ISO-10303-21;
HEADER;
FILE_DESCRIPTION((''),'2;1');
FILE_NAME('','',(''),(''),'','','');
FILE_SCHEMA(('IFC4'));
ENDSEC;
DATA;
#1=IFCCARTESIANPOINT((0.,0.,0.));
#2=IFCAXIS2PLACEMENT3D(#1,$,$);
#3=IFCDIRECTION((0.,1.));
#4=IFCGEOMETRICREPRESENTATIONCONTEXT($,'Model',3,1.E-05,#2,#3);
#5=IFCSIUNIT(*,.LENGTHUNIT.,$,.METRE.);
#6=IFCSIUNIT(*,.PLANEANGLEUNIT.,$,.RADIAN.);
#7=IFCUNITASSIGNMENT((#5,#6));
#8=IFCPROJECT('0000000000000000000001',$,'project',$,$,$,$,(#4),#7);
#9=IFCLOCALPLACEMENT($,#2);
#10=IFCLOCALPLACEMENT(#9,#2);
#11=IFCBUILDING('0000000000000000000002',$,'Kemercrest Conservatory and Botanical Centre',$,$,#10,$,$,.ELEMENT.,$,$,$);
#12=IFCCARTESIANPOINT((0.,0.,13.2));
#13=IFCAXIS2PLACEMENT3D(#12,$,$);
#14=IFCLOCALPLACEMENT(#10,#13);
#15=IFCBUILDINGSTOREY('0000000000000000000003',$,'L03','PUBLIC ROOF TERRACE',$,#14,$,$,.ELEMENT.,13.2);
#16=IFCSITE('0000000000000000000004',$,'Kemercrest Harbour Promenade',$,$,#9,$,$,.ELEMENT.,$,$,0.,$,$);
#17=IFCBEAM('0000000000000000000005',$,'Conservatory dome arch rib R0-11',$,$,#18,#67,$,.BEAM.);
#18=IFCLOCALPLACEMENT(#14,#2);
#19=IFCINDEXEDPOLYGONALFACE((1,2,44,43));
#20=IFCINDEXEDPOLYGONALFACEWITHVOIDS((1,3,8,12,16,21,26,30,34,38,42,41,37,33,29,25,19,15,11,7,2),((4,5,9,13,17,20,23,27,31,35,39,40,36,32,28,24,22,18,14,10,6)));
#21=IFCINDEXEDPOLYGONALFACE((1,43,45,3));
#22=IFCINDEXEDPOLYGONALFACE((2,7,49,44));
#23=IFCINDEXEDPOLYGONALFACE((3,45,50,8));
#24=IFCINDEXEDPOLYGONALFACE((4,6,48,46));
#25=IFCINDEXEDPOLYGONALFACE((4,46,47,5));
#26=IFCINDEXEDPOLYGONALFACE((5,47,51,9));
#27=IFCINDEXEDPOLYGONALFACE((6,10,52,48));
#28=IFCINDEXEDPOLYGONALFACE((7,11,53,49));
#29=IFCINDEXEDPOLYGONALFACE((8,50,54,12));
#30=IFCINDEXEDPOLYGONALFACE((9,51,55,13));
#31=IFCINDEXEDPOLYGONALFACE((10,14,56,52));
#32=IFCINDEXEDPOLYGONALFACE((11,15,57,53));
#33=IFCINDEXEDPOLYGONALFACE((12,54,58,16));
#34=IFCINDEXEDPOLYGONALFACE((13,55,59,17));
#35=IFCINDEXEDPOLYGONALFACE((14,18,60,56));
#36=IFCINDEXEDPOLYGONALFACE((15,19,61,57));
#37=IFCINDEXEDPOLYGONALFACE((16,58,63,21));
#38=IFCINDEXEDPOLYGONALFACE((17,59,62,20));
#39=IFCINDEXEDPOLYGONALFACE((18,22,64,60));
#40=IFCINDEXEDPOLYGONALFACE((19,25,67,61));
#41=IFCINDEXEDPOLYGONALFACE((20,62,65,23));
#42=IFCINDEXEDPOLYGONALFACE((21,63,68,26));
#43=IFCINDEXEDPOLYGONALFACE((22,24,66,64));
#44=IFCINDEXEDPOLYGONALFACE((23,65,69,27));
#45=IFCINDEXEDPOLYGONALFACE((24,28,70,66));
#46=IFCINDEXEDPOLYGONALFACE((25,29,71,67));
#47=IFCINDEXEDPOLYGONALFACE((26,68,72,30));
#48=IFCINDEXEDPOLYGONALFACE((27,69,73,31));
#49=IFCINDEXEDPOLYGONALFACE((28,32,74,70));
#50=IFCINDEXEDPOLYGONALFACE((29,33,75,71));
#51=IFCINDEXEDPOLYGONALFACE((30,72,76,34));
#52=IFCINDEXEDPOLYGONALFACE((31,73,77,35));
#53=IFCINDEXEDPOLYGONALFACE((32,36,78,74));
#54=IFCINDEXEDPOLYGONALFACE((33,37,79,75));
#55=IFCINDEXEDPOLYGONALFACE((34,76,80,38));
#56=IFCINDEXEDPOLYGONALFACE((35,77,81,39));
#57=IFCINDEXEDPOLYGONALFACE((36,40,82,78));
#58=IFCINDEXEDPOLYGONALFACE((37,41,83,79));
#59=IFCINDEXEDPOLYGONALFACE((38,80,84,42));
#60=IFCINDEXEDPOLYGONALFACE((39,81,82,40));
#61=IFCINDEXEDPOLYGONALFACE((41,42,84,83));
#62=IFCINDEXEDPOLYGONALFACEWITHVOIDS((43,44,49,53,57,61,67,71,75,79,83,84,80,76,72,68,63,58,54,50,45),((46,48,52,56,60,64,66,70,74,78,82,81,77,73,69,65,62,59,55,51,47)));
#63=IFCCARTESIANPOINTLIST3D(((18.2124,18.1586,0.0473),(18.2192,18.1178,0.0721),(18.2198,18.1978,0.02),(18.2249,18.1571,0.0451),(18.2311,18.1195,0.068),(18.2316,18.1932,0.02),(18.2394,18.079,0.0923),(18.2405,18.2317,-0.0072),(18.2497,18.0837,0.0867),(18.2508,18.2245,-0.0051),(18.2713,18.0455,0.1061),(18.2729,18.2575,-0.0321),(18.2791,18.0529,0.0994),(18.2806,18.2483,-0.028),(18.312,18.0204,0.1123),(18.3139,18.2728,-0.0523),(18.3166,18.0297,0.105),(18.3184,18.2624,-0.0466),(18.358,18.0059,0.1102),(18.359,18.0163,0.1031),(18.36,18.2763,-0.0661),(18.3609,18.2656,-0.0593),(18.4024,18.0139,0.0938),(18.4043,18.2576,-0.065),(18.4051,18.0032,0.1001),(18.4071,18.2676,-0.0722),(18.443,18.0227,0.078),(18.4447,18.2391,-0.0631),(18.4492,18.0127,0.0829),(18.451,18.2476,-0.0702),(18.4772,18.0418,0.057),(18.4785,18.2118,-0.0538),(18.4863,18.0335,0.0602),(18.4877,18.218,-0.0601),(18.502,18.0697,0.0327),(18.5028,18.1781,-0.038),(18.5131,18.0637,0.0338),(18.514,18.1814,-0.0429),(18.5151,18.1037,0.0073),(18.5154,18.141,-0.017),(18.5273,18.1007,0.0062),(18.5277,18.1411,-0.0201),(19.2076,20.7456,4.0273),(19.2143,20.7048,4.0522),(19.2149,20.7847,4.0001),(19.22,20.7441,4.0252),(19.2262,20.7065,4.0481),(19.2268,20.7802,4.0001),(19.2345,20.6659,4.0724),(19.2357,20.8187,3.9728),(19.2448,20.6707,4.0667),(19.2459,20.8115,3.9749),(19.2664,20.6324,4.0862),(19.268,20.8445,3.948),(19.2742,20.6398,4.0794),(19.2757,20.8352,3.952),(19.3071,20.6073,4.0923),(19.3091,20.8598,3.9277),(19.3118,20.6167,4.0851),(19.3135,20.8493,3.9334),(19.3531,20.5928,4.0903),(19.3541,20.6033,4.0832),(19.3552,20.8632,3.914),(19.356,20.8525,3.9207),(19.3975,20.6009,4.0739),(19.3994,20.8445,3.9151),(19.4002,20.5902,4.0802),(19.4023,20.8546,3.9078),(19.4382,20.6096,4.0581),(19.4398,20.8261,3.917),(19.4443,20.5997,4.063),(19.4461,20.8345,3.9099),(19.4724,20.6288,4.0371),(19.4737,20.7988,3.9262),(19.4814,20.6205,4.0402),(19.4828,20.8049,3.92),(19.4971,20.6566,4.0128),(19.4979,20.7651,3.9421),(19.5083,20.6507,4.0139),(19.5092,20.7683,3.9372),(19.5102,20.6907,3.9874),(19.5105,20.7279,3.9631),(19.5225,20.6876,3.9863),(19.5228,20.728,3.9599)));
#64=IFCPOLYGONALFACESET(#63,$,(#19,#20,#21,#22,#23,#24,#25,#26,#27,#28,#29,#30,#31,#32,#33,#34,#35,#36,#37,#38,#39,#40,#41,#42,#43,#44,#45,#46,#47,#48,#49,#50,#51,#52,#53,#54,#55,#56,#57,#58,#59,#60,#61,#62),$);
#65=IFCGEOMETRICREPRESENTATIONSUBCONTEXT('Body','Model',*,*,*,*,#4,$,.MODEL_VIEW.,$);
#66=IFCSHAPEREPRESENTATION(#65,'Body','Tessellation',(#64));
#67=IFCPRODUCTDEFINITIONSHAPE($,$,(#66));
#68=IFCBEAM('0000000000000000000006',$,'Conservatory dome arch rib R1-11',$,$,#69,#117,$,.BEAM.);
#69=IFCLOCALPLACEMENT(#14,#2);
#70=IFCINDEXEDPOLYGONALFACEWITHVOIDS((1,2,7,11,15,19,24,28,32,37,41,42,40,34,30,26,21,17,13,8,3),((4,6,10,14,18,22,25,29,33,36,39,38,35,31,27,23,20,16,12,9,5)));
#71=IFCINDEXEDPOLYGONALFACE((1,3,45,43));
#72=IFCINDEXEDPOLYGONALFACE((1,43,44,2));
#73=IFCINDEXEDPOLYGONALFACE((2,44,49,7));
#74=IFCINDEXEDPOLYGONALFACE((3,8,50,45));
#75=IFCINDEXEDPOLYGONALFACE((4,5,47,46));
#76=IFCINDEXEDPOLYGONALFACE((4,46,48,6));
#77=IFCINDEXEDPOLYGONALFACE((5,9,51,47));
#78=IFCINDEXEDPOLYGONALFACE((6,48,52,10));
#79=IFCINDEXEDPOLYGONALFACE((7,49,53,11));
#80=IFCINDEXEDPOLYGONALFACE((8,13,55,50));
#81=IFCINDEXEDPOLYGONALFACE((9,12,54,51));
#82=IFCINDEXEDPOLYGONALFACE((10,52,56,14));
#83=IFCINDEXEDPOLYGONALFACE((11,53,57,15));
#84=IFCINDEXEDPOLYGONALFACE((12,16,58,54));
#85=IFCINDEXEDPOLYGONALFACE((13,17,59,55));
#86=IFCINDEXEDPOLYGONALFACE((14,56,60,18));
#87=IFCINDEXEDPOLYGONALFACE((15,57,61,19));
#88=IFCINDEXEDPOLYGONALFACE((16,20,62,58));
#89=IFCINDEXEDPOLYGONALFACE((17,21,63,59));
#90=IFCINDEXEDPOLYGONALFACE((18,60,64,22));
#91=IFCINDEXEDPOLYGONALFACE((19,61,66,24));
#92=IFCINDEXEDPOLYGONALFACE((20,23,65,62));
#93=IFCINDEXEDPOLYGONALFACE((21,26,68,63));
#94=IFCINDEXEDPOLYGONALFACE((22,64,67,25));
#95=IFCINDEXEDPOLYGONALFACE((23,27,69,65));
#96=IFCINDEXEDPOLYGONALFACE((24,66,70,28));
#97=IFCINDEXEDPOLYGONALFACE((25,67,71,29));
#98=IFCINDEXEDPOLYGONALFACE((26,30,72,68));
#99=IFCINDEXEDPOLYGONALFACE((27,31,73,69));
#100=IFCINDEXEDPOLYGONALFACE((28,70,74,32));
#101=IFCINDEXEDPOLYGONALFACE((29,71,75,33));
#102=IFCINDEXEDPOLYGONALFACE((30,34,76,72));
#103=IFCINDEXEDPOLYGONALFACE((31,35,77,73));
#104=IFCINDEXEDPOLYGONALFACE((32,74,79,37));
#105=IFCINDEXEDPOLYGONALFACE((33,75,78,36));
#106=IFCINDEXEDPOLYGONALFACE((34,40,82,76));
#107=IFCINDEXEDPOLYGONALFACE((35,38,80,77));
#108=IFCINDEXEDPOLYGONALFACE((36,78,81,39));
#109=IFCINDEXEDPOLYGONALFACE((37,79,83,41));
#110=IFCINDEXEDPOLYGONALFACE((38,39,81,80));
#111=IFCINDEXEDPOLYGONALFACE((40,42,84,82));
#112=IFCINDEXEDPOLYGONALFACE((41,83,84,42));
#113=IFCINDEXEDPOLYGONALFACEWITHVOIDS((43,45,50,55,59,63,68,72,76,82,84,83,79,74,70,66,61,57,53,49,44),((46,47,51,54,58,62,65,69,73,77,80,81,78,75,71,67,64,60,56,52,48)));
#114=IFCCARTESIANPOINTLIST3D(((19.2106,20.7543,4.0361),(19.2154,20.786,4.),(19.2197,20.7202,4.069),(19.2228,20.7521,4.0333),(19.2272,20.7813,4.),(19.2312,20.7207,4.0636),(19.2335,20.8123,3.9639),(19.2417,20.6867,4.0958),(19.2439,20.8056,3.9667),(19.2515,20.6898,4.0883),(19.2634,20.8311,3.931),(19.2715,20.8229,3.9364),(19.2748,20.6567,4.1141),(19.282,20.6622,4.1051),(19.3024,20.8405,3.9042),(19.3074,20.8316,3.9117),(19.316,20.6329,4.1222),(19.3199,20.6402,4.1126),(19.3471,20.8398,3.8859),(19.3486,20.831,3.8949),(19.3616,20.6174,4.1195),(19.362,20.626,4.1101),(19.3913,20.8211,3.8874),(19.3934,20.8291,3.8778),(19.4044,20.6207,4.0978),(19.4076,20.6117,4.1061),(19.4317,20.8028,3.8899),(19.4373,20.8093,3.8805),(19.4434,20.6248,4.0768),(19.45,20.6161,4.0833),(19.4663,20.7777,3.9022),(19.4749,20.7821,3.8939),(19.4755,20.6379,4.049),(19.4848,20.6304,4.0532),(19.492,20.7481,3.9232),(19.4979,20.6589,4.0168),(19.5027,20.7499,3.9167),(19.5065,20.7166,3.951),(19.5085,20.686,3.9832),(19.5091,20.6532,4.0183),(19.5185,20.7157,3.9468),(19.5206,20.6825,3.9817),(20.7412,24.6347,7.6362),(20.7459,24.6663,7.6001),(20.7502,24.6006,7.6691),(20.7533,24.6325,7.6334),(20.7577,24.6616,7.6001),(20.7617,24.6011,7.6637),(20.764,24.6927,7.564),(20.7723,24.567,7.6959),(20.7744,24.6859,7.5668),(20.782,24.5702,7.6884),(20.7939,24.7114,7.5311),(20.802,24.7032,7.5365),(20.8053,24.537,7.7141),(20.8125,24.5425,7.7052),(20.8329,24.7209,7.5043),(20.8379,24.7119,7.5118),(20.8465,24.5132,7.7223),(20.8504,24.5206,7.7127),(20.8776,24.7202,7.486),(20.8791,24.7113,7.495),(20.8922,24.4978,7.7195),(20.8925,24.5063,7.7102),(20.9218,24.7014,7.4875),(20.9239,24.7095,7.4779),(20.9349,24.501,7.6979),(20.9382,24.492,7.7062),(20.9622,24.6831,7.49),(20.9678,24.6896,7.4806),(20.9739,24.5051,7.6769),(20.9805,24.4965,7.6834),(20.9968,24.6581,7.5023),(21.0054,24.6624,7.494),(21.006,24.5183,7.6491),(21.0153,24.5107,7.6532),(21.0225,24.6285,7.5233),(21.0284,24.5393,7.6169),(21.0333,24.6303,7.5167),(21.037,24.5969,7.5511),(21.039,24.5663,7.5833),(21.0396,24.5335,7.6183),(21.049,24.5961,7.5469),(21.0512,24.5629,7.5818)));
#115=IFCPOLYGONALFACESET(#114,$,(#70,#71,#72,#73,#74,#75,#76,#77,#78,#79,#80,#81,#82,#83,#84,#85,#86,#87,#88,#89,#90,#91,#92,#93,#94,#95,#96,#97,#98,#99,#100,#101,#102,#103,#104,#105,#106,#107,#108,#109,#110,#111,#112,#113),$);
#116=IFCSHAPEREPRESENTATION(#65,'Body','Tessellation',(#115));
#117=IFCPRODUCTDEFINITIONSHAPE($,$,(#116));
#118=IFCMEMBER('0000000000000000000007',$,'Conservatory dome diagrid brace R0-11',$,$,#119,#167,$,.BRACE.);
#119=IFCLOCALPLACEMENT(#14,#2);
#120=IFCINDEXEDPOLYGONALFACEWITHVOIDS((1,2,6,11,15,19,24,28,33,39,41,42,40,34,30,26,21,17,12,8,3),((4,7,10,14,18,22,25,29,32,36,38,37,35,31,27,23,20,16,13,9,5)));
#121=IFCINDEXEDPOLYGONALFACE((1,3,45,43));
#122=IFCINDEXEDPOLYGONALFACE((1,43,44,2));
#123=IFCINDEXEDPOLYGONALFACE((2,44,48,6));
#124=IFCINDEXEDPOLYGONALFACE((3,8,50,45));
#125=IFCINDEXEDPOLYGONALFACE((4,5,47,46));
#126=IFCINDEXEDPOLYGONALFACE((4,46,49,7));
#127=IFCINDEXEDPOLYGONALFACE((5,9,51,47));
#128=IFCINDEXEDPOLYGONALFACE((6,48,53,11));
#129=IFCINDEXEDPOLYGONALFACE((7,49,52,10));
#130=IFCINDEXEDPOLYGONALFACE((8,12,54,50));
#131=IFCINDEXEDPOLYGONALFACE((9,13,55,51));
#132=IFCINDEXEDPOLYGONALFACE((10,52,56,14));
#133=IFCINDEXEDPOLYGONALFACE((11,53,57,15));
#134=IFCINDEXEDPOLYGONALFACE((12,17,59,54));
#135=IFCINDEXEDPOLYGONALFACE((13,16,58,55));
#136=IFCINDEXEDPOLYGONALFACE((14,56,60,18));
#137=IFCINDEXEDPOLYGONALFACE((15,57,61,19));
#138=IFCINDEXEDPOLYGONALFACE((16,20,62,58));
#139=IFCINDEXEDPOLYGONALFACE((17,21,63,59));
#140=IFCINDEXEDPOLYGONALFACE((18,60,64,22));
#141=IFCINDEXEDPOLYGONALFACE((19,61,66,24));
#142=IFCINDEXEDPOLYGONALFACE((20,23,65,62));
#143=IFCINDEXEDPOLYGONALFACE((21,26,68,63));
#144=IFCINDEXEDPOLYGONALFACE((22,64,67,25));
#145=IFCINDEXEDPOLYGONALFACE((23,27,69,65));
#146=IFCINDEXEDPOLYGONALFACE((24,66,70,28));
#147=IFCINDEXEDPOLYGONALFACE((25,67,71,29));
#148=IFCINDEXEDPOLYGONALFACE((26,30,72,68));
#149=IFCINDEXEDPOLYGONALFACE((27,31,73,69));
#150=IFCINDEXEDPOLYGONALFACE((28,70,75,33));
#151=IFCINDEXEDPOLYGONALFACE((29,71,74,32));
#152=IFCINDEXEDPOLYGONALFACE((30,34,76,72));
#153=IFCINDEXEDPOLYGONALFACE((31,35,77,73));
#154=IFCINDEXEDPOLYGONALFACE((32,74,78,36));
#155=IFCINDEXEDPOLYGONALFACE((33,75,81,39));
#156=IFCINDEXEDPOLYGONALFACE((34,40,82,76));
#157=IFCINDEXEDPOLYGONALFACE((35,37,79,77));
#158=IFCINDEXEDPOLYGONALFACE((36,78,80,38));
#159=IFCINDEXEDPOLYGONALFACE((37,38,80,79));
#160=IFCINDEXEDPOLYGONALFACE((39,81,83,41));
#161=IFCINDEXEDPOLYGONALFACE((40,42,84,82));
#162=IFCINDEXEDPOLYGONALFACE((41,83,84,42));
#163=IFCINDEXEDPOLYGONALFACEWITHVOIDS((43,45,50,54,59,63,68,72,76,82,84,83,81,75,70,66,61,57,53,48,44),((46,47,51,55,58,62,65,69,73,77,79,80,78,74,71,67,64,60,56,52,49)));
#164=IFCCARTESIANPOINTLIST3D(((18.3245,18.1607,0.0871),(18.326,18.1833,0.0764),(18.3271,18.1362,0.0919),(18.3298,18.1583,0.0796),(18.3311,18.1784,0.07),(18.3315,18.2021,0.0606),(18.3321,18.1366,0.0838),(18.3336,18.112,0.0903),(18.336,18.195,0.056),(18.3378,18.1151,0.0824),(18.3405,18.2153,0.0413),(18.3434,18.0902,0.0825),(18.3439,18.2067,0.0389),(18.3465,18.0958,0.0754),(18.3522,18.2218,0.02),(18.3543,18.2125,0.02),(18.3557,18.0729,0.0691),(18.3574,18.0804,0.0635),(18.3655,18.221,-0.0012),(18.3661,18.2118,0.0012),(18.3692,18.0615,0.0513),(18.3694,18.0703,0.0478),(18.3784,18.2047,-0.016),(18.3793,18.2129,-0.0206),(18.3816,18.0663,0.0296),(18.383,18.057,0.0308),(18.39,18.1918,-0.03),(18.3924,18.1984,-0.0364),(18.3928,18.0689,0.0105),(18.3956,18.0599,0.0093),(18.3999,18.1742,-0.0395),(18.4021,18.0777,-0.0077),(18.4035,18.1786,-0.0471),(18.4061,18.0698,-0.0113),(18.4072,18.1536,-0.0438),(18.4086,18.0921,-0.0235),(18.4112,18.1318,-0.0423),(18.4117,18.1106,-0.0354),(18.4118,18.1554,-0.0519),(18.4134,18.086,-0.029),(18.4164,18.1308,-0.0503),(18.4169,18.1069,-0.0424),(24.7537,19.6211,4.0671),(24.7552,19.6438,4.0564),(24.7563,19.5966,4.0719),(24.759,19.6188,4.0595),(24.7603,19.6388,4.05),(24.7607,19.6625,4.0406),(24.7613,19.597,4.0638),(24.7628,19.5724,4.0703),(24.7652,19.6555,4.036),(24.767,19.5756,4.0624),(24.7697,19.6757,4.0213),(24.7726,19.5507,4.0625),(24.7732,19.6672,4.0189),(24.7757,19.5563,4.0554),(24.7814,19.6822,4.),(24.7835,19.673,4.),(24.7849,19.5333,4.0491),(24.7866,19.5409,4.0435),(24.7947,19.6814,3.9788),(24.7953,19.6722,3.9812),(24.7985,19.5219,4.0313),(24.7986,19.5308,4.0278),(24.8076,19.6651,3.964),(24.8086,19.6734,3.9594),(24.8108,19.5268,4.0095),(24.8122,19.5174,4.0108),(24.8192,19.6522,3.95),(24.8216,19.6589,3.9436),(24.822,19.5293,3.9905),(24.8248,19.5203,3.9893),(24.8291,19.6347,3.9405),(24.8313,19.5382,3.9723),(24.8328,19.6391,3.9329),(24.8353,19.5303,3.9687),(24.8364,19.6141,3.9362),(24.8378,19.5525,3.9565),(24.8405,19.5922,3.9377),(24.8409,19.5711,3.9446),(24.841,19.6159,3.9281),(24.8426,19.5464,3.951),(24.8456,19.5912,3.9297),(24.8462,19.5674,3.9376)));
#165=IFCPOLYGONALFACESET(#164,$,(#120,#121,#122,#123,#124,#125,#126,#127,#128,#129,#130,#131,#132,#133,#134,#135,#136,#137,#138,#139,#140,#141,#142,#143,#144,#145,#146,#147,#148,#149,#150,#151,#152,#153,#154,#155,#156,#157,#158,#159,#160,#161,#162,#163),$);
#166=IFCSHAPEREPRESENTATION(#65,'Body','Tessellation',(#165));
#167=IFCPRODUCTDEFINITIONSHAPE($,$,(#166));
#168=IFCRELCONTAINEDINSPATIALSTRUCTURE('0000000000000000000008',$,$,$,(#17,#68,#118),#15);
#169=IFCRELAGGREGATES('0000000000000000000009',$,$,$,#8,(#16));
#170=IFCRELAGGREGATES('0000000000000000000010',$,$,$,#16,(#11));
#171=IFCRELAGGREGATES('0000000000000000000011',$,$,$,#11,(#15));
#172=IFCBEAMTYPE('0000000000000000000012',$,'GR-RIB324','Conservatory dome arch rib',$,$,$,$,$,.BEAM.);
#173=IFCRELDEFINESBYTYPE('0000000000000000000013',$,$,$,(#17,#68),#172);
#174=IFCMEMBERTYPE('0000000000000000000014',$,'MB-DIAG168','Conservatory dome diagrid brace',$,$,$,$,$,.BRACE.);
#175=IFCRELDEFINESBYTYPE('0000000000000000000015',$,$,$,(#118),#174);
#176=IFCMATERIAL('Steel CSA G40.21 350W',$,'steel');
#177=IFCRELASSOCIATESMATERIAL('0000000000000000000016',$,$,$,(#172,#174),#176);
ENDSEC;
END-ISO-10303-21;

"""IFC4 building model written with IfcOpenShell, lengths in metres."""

from ifc_helpers import new_model, si_unit, direction, frame, origin, origin_2d, place, context, subcontext, project, spatial, hollow_circle, extrude, material, material_profile, profile_set, type_object, element, save


model = new_model("IFC4")

# Units and contexts
model_context = context("Model", 3, precision=1e-05, world=origin(), true_north=direction((0.0, 1.0)))
body_context = subcontext(model_context, "Body", "Model", "MODEL_VIEW")
ifc_project = project(units=[si_unit("LENGTHUNIT", "METRE"), si_unit("PLANEANGLEUNIT", "RADIAN")], contexts=[model_context])

# Site, building, storey
site_placement = place(None, origin())
site = spatial("IfcSite", under=ifc_project, at=site_placement, Name="Kemercrest Harbour Promenade", CompositionType="ELEMENT", RefElevation=0.0)
building_placement = place(site_placement, origin())
building = spatial("IfcBuilding", under=site, at=building_placement, Name="Kemercrest Conservatory and Botanical Centre", CompositionType="ELEMENT")
storey_placement = place(building_placement, frame((0.0, 0.0, 13.2)))
storey = spatial("IfcBuildingStorey", under=building, at=storey_placement, Name="L03", Description="PUBLIC ROOF TERRACE", CompositionType="ELEMENT", Elevation=13.2)

# Beams
ifc_material_1 = material(Name="Steel CSA G40.21 350W", Category="steel")
ifc_material_profile_1 = material_profile(ifc_material_1, hollow_circle(Radius=0.1619, WallThickness=0.0127, at=origin_2d()), Name="CHS 323.9x12.7")
ifc_profile_set_1 = profile_set([ifc_material_profile_1], Name="Steel CSA G40.21 350W")
beam_type = type_object("IfcBeamType", Name="GR-RIB324", Description="Conservatory dome arch rib", PredefinedType="BEAM", material=ifc_profile_set_1)
beam_1_placement = place(storey_placement, frame((18.3708, 18.1396, 0.02), z_axis=(0.205178, 0.533383, 0.820612), x_axis=(-0.933327, 0.359026, 0.0)))
element("IfcBeam", 1, at=beam_1_placement, inside=storey, type_object=beam_type, Name="Conservatory dome arch rib R0-11", PredefinedType="BEAM", context=body_context, shape_type="SweptSolid", body=[
    extrude(hollow_circle(Radius=0.1619, WallThickness=0.0127, at=origin_2d()), origin(), (0.0, 0.0, 1.0), 4.8501),
])
beam_2_placement = place(storey_placement, frame((19.366, 20.7266, 4.0), z_axis=(0.277769, 0.704237, 0.653371), x_axis=(-0.930254, 0.366916, 0.0)))
element("IfcBeam", 2, at=beam_2_placement, inside=storey, type_object=beam_type, Name="Conservatory dome arch rib R1-11", PredefinedType="BEAM", context=body_context, shape_type="SweptSolid", body=[
    extrude(hollow_circle(Radius=0.1619, WallThickness=0.0127, at=origin_2d()), origin(), (0.0, 0.0, 1.0), 5.51),
])

# Member
ifc_material_profile_2 = material_profile(ifc_material_1, hollow_circle(Radius=0.0842, WallThickness=0.0095, at=origin_2d()), Name="CHS 168.3x9.5")
ifc_profile_set_2 = profile_set([ifc_material_profile_2], Name="Steel CSA G40.21 350W")
member_type_1 = type_object("IfcMemberType", Name="MB-DIAG168", Description="Conservatory dome diagrid brace", PredefinedType="BRACE", material=ifc_profile_set_2)
member_1_placement = place(storey_placement, frame((18.3708, 18.1396, 0.02), z_axis=(0.834836, 0.18964, 0.516803), x_axis=(-0.221515, 0.975157, 0.0)))
element("IfcMember", 3, at=member_1_placement, inside=storey, type_object=member_type_1, Name="Conservatory dome diagrid brace R0-11", PredefinedType="BRACE", context=body_context, shape_type="SweptSolid", body=[
    extrude(hollow_circle(Radius=0.0842, WallThickness=0.0095, at=origin_2d()), origin(), (0.0, 0.0, 1.0), 7.7012),
])

save(model, "model.ifc")
